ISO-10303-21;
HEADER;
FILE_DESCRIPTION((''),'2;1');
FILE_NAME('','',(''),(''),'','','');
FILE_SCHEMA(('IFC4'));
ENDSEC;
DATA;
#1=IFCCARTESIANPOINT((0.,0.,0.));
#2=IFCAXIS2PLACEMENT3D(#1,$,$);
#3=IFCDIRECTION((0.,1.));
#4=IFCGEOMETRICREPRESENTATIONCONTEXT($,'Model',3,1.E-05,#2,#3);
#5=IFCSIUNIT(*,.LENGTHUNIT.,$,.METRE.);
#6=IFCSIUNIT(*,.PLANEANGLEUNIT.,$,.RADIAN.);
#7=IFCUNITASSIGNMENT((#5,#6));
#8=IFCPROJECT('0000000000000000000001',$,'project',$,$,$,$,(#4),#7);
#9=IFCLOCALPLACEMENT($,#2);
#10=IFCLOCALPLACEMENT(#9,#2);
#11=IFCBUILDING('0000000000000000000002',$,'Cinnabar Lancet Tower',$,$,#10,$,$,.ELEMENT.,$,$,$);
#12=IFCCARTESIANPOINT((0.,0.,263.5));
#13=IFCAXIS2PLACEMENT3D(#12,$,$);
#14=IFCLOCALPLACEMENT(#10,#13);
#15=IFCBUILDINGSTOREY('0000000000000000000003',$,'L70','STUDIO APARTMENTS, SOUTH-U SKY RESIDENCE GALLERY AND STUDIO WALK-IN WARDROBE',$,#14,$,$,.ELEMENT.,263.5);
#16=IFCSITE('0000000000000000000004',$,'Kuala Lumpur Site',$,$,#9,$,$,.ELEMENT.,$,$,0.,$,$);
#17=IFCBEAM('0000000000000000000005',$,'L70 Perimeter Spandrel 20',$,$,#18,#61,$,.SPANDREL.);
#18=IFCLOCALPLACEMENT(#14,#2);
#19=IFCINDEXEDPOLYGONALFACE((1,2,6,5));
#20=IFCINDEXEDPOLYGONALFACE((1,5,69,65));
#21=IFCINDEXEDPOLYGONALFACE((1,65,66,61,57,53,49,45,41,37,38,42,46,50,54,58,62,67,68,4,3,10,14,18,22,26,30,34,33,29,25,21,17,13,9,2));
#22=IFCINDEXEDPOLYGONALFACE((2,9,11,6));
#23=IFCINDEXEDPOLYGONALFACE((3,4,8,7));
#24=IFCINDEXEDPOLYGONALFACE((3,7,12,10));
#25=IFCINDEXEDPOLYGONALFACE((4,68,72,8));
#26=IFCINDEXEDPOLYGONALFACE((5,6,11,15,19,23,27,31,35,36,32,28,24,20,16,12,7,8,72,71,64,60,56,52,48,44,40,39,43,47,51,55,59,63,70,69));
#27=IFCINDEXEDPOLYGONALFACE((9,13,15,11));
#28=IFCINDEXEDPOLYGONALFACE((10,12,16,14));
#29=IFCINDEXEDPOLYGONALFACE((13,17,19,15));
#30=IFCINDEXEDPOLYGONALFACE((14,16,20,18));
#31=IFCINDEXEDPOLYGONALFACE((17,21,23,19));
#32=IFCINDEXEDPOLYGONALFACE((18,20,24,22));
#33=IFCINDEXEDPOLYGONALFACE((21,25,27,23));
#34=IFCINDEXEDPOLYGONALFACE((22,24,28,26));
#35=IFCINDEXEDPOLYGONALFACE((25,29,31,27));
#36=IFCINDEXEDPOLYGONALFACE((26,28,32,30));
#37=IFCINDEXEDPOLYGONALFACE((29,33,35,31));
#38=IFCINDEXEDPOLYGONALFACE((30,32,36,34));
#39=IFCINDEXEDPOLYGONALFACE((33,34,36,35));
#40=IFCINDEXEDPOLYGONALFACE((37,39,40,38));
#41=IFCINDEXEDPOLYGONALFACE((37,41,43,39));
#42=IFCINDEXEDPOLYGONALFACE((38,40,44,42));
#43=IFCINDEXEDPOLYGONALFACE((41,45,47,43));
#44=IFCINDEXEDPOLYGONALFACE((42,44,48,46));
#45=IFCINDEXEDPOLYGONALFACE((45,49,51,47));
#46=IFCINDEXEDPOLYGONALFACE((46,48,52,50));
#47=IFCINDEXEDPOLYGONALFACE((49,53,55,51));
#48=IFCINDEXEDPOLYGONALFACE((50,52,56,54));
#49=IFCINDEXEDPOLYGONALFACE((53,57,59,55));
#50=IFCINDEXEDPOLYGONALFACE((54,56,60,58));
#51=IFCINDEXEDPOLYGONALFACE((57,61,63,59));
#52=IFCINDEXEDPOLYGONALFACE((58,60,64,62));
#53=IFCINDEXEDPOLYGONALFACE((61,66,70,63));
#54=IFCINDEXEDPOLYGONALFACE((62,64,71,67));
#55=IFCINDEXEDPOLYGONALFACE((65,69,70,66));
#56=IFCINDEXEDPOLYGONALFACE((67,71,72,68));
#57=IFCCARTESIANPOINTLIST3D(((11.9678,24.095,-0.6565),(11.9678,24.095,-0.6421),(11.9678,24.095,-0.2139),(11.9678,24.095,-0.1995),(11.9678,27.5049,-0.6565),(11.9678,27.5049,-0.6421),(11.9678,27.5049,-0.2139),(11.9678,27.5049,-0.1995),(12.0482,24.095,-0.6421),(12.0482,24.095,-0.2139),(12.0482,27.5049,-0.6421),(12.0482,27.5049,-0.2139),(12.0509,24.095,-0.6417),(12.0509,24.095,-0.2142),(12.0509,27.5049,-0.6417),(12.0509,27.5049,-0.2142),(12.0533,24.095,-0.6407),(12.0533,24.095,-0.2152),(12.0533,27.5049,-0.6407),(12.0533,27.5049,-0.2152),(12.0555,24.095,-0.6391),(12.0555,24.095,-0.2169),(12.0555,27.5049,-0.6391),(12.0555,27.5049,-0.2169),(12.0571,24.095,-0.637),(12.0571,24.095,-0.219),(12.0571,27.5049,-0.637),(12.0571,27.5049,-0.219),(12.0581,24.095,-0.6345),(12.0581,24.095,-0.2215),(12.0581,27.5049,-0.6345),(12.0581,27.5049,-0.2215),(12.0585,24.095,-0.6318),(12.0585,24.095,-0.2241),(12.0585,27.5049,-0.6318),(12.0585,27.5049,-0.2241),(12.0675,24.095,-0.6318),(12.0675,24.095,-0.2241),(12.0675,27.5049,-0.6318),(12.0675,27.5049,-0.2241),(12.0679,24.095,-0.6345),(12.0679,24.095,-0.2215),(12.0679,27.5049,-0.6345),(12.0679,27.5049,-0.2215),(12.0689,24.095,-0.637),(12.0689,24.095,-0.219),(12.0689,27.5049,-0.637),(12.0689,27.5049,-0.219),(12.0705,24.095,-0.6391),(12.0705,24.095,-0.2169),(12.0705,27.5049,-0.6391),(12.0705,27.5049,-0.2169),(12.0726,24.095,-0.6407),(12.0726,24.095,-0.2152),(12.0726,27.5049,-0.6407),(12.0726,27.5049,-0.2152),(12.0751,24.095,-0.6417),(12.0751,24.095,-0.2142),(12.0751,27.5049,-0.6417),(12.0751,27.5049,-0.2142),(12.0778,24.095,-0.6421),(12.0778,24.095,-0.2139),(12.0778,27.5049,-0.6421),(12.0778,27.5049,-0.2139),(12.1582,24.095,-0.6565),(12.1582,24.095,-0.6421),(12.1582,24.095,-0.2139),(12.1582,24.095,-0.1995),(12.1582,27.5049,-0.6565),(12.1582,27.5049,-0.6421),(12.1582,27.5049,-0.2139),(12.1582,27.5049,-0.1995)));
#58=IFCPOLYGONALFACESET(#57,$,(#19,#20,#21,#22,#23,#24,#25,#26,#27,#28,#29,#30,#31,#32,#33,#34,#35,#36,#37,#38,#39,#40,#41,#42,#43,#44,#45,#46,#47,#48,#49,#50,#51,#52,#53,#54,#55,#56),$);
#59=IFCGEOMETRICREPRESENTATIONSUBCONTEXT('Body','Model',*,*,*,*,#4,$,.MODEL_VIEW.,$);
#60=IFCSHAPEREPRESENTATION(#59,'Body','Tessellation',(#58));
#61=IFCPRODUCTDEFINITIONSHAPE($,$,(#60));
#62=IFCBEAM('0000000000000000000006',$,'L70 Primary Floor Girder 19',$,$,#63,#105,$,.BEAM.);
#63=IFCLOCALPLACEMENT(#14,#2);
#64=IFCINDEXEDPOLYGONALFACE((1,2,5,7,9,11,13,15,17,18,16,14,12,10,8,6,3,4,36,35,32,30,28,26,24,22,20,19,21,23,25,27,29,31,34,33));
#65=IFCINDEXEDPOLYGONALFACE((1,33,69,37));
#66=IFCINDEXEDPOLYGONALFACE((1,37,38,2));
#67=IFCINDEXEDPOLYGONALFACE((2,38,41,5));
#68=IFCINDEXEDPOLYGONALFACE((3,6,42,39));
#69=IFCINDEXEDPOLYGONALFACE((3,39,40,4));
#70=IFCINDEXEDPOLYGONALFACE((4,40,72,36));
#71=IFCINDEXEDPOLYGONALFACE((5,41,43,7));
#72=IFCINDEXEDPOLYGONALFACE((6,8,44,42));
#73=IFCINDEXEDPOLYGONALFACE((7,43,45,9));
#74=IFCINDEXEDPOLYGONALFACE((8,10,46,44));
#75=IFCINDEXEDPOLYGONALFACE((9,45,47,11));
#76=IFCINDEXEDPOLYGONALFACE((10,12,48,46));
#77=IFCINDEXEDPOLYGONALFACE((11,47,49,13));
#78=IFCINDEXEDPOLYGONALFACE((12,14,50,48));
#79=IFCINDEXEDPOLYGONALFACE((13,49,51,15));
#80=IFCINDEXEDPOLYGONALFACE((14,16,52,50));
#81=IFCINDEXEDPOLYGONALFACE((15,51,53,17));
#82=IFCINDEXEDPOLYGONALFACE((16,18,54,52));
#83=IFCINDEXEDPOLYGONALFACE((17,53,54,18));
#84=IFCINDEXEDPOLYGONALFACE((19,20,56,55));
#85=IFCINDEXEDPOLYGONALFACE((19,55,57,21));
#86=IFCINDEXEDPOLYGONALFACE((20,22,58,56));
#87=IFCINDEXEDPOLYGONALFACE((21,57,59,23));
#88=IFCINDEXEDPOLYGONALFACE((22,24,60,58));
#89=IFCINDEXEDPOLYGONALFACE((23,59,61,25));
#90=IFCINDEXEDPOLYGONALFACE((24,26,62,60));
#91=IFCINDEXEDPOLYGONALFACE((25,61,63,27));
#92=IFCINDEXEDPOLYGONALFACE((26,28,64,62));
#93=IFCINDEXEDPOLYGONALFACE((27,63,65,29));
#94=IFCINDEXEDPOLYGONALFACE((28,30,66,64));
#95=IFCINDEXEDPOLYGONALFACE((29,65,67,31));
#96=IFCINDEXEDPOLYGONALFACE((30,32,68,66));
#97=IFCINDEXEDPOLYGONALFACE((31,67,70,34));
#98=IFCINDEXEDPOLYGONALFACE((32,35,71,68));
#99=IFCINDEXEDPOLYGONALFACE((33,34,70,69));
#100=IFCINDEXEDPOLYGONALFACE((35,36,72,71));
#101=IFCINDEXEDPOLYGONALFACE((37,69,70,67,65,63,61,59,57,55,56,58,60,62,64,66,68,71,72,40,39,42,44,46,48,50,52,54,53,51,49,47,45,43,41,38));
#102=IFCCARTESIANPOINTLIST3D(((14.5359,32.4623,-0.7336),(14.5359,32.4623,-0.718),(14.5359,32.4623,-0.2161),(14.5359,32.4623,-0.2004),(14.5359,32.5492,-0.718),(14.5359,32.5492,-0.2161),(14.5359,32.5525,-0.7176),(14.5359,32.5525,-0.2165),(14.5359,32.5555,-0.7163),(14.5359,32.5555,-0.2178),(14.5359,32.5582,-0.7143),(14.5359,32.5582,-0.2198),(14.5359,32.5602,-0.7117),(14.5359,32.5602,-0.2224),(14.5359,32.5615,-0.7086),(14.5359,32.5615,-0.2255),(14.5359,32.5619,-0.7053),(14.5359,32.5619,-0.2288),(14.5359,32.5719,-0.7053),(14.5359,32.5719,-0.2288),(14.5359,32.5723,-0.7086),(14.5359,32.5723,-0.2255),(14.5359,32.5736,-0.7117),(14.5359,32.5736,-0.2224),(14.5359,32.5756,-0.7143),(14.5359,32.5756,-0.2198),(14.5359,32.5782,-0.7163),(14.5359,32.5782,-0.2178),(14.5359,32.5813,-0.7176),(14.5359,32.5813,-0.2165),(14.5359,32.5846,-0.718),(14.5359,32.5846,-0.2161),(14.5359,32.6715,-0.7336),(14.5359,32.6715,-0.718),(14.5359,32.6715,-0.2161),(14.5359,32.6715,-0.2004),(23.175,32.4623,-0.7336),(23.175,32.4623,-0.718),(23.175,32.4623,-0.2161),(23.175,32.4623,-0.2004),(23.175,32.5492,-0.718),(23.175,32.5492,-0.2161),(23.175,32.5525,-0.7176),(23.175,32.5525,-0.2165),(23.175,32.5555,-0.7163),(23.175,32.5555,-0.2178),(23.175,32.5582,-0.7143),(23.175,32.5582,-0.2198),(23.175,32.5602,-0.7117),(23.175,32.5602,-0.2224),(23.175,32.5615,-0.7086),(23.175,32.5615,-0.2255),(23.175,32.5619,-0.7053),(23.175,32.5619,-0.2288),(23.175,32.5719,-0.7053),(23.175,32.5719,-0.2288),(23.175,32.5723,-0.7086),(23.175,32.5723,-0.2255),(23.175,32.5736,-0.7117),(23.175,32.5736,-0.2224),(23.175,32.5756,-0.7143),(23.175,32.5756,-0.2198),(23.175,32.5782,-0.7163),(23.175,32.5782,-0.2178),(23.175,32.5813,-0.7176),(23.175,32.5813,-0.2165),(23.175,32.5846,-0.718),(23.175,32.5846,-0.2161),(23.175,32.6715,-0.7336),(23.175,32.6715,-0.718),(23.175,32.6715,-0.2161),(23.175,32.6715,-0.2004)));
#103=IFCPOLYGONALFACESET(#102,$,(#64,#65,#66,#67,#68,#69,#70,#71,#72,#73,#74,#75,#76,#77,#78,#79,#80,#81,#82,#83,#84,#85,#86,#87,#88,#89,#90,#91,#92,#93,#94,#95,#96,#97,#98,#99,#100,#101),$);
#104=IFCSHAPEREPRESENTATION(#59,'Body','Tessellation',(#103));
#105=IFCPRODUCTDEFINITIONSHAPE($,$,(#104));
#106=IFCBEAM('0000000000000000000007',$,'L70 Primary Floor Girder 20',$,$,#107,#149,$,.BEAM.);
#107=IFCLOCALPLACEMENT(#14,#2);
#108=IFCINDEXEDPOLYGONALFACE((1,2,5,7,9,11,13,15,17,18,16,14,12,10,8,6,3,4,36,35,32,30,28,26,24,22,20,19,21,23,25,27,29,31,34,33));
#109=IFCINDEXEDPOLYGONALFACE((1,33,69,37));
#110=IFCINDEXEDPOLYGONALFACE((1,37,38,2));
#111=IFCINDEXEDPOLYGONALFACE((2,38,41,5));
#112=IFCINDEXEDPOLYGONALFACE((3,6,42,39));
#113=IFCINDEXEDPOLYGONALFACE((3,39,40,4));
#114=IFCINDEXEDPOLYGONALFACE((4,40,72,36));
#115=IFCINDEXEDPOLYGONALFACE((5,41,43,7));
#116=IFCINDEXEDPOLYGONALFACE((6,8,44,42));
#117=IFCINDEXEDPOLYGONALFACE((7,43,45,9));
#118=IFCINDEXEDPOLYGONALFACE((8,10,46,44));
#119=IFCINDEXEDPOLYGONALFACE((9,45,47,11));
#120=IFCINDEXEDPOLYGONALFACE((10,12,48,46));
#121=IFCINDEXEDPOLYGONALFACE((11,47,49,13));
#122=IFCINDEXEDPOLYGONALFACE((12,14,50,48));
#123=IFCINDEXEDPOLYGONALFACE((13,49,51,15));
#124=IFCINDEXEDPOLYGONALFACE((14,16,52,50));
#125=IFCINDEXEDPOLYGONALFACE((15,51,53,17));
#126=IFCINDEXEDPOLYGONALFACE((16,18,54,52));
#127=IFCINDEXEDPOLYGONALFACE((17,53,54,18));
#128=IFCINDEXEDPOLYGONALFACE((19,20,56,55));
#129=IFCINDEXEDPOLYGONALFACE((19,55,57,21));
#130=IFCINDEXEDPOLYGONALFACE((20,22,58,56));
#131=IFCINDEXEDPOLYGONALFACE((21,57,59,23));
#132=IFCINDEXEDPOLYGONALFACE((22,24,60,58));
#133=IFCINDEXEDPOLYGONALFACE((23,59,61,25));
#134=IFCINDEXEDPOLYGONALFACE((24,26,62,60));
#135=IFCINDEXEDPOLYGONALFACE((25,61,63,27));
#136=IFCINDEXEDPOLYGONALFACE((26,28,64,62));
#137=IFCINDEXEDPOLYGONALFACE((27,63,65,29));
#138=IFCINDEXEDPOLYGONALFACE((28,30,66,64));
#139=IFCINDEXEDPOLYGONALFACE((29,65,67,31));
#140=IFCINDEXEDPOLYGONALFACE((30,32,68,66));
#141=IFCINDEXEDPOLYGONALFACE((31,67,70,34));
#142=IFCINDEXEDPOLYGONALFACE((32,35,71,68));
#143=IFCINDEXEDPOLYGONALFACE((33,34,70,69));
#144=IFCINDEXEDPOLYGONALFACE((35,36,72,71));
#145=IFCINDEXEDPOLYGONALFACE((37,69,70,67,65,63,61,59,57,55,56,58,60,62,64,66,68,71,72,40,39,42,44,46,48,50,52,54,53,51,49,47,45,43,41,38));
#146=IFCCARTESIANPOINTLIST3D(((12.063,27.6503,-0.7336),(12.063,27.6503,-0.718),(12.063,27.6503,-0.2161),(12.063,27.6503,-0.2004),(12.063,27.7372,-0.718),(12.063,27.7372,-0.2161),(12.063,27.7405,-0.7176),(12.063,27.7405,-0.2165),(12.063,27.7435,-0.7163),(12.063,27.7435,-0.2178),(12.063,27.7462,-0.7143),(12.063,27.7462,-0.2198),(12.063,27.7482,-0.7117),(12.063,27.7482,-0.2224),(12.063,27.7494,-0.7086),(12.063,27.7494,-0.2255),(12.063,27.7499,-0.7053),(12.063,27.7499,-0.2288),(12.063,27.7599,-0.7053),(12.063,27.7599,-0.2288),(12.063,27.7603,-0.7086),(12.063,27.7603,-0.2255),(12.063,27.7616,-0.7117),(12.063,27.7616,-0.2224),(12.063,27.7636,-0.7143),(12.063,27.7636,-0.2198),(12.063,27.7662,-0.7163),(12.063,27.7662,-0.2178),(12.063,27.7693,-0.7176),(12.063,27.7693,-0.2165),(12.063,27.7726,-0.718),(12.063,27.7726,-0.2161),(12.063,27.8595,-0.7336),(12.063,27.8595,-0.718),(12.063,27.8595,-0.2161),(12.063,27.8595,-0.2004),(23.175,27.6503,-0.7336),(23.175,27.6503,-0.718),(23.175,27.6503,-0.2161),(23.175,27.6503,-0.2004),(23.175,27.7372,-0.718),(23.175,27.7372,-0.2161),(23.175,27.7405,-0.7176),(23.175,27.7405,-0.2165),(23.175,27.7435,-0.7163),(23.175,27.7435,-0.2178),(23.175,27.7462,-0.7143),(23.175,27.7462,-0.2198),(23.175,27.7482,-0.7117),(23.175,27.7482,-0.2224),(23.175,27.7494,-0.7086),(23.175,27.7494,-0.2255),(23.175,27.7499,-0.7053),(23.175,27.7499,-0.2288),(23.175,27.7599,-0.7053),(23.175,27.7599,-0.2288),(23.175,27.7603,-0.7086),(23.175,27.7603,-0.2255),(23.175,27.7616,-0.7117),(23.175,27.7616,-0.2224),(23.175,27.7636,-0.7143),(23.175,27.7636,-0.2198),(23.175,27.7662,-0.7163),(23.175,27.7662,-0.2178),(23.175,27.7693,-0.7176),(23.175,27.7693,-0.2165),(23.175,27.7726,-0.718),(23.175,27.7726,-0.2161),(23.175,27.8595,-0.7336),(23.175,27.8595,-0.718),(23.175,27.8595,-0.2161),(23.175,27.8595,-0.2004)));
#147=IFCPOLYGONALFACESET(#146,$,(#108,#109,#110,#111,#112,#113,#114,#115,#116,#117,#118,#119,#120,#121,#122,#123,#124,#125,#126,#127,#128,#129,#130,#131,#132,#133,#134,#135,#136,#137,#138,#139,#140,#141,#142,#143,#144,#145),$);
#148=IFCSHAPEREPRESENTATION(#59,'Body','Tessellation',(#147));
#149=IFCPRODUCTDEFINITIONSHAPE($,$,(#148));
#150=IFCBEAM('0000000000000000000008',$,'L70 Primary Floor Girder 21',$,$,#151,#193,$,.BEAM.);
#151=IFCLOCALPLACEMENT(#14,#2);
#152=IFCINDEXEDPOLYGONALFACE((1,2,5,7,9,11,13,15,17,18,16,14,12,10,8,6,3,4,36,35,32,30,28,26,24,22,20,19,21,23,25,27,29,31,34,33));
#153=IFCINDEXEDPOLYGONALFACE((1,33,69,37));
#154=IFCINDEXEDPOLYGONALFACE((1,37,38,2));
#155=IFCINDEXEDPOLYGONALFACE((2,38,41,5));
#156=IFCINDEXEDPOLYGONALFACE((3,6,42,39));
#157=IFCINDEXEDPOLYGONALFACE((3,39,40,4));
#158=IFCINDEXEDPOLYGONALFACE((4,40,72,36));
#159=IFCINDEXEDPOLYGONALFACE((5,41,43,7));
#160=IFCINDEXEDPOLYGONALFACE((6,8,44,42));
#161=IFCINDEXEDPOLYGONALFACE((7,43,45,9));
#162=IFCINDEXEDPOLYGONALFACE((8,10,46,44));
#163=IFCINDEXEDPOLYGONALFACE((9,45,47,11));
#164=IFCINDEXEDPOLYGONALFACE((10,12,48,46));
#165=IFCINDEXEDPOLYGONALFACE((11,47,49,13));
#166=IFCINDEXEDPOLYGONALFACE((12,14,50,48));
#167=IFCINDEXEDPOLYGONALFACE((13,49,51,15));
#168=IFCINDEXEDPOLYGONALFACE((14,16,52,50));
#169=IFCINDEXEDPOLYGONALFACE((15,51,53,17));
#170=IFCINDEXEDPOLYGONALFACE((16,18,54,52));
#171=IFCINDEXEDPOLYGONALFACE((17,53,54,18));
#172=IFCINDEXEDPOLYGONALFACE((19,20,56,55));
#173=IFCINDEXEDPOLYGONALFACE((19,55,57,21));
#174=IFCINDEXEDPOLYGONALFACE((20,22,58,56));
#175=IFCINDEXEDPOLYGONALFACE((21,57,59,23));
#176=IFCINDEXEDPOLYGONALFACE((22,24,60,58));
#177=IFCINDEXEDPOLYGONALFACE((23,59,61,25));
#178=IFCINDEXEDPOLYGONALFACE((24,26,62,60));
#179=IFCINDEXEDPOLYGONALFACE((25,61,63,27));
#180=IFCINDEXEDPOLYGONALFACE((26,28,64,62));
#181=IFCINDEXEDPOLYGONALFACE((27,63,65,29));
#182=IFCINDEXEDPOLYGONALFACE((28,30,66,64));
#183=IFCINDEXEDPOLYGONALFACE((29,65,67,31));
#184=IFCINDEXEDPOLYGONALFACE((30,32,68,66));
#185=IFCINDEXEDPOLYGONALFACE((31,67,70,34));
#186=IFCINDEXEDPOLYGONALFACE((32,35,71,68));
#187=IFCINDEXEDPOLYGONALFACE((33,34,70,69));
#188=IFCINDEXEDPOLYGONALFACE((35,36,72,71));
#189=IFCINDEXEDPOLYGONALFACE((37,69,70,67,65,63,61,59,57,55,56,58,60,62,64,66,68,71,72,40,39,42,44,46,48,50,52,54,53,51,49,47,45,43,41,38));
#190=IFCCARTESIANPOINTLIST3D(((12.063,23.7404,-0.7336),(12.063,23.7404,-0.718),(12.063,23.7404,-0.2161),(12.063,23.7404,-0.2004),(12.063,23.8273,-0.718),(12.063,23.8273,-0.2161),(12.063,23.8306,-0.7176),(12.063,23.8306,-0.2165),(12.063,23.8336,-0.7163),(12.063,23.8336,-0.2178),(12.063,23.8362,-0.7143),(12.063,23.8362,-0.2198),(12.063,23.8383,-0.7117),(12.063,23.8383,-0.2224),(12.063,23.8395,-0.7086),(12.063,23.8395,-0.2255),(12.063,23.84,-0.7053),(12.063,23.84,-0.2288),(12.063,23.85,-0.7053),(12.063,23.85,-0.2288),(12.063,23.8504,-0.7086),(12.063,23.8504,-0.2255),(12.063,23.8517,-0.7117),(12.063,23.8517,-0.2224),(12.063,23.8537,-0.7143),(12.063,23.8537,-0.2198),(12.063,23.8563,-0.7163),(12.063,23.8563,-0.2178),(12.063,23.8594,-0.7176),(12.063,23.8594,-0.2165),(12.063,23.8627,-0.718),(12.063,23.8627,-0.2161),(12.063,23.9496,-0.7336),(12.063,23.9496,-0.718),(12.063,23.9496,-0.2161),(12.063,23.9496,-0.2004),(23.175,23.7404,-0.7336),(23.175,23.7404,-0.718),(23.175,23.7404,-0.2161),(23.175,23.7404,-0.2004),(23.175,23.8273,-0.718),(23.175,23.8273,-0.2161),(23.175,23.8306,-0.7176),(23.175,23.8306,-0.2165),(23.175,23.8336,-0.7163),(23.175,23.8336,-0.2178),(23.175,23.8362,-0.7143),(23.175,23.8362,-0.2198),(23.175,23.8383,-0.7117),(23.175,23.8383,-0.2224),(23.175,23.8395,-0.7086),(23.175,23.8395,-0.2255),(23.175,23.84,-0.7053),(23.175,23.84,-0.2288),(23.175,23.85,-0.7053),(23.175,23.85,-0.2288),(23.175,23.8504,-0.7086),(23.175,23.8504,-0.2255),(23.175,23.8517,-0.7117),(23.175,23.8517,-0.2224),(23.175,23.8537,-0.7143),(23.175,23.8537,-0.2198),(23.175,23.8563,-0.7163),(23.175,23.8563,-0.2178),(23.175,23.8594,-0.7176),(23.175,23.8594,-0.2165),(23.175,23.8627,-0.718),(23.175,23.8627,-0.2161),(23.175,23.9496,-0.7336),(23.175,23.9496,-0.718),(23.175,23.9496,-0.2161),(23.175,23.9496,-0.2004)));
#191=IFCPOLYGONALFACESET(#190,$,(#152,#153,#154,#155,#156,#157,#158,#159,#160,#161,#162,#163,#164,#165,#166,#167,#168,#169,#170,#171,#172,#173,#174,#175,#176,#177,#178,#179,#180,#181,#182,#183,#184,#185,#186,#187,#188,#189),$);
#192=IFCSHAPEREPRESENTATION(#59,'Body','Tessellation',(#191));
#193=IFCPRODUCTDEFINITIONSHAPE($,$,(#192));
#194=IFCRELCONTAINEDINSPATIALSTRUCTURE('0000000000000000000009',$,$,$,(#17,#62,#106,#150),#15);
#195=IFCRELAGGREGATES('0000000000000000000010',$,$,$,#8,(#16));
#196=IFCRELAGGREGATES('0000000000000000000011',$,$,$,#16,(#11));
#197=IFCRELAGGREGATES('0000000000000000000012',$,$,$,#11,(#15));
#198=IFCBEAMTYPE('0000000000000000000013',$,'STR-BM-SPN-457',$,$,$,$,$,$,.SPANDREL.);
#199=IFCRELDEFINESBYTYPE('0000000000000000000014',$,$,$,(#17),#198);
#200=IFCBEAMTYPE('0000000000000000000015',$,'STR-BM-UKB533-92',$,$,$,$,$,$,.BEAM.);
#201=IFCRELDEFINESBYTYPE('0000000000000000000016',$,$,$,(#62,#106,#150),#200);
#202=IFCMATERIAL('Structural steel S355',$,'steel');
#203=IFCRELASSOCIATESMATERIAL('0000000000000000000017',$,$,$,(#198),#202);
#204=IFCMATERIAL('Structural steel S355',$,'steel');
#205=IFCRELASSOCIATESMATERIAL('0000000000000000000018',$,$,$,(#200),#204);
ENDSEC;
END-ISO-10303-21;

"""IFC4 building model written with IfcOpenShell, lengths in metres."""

from ifc_helpers import new_model, si_unit, direction, frame, origin, origin_2d, place, context, subcontext, project, spatial, i_section, extrude, material, material_profile, profile_set, type_object, element, save


model = new_model("IFC4")

# Units and contexts
model_context = context("Model", 3, precision=1e-05, world=origin(), true_north=direction((0.0, 1.0)))
body_context = subcontext(model_context, "Body", "Model", "MODEL_VIEW")
ifc_project = project(units=[si_unit("LENGTHUNIT", "METRE"), si_unit("PLANEANGLEUNIT", "RADIAN")], contexts=[model_context])

# Site, building, storey
site_placement = place(None, origin())
site = spatial("IfcSite", under=ifc_project, at=site_placement, Name="Kuala Lumpur Site", CompositionType="ELEMENT", RefElevation=0.0)
building_placement = place(site_placement, origin())
building = spatial("IfcBuilding", under=site, at=building_placement, Name="Cinnabar Lancet Tower", CompositionType="ELEMENT")
storey_placement = place(building_placement, frame((0.0, 0.0, 263.5)))
storey = spatial("IfcBuildingStorey", under=building, at=storey_placement, Name="L70", Description="STUDIO APARTMENTS, SOUTH-U SKY RESIDENCE GALLERY AND STUDIO WALK-IN WARDROBE", CompositionType="ELEMENT", Elevation=263.5)

# Beams
ifc_material_1 = material(Name="Structural steel S355", Category="steel")
ifc_material_profile_1 = material_profile(ifc_material_1, i_section(OverallWidth=0.1904, OverallDepth=0.457, WebThickness=0.009, FlangeThickness=0.0144, FilletRadius=0.0103, at=origin_2d()), Name="UKB 457x191x74")
ifc_profile_set_1 = profile_set([ifc_material_profile_1], Name="Structural steel S355")
beam_type_1 = type_object("IfcBeamType", Name="STR-BM-SPN-457", PredefinedType="SPANDREL", material=ifc_profile_set_1)
beam_1_placement = place(storey_placement, frame((12.063, 27.5049, -0.428), z_axis=(0.0, -1.0, 0.0), x_axis=(1.0, 0.0, 0.0)))
element("IfcBeam", 1, at=beam_1_placement, inside=storey, type_object=beam_type_1, Name="L70 Perimeter Spandrel 20", PredefinedType="SPANDREL", context=body_context, shape_type="SweptSolid", body=[
    extrude(i_section(OverallWidth=0.1904, OverallDepth=0.457, WebThickness=0.009, FlangeThickness=0.0144, FilletRadius=0.0103, at=origin_2d()), origin(), (0.0, 0.0, 1.0), 3.4099),
])
ifc_material_2 = material(Name="Structural steel S355", Category="steel")
ifc_material_profile_2 = material_profile(ifc_material_2, i_section(OverallWidth=0.2092, OverallDepth=0.5332, WebThickness=0.01, FlangeThickness=0.0156, FilletRadius=0.0127, at=origin_2d()), Name="UKB 533x210x92")
ifc_profile_set_2 = profile_set([ifc_material_profile_2], Name="Structural steel S355")
beam_type_2 = type_object("IfcBeamType", Name="STR-BM-UKB533-92", PredefinedType="BEAM", material=ifc_profile_set_2)
beam_2_placement = place(storey_placement, frame((14.5359, 32.5669, -0.467), z_axis=(1.0, 0.0, 0.0), x_axis=(0.0, 1.0, 0.0)))
element("IfcBeam", 2, at=beam_2_placement, inside=storey, type_object=beam_type_2, Name="L70 Primary Floor Girder 19", PredefinedType="BEAM", context=body_context, shape_type="SweptSolid", body=[
    extrude(i_section(OverallWidth=0.2092, OverallDepth=0.5332, WebThickness=0.01, FlangeThickness=0.0156, FilletRadius=0.0127, at=origin_2d()), origin(), (0.0, 0.0, 1.0), 8.6392),
])
for number, where, z_axis, x_axis, name in (
    (3, (12.063, 27.7549, -0.467), (1.0, 0.0, 0.0), (0.0, 1.0, 0.0), "L70 Primary Floor Girder 20"),
    (4, (12.063, 23.845, -0.467), (1.0, 0.0, 0.0), (0.0, 1.0, 0.0), "L70 Primary Floor Girder 21"),
):
    element("IfcBeam", number, at=place(storey_placement, frame(where, z_axis=z_axis, x_axis=x_axis)), inside=storey, type_object=beam_type_2, Name=name, PredefinedType="BEAM", context=body_context, shape_type="SweptSolid", body=[
        extrude(i_section(OverallWidth=0.2092, OverallDepth=0.5332, WebThickness=0.01, FlangeThickness=0.0156, FilletRadius=0.0127, at=origin_2d()), origin(), (0.0, 0.0, 1.0), 11.1121),
    ])

save(model, "model.ifc")
